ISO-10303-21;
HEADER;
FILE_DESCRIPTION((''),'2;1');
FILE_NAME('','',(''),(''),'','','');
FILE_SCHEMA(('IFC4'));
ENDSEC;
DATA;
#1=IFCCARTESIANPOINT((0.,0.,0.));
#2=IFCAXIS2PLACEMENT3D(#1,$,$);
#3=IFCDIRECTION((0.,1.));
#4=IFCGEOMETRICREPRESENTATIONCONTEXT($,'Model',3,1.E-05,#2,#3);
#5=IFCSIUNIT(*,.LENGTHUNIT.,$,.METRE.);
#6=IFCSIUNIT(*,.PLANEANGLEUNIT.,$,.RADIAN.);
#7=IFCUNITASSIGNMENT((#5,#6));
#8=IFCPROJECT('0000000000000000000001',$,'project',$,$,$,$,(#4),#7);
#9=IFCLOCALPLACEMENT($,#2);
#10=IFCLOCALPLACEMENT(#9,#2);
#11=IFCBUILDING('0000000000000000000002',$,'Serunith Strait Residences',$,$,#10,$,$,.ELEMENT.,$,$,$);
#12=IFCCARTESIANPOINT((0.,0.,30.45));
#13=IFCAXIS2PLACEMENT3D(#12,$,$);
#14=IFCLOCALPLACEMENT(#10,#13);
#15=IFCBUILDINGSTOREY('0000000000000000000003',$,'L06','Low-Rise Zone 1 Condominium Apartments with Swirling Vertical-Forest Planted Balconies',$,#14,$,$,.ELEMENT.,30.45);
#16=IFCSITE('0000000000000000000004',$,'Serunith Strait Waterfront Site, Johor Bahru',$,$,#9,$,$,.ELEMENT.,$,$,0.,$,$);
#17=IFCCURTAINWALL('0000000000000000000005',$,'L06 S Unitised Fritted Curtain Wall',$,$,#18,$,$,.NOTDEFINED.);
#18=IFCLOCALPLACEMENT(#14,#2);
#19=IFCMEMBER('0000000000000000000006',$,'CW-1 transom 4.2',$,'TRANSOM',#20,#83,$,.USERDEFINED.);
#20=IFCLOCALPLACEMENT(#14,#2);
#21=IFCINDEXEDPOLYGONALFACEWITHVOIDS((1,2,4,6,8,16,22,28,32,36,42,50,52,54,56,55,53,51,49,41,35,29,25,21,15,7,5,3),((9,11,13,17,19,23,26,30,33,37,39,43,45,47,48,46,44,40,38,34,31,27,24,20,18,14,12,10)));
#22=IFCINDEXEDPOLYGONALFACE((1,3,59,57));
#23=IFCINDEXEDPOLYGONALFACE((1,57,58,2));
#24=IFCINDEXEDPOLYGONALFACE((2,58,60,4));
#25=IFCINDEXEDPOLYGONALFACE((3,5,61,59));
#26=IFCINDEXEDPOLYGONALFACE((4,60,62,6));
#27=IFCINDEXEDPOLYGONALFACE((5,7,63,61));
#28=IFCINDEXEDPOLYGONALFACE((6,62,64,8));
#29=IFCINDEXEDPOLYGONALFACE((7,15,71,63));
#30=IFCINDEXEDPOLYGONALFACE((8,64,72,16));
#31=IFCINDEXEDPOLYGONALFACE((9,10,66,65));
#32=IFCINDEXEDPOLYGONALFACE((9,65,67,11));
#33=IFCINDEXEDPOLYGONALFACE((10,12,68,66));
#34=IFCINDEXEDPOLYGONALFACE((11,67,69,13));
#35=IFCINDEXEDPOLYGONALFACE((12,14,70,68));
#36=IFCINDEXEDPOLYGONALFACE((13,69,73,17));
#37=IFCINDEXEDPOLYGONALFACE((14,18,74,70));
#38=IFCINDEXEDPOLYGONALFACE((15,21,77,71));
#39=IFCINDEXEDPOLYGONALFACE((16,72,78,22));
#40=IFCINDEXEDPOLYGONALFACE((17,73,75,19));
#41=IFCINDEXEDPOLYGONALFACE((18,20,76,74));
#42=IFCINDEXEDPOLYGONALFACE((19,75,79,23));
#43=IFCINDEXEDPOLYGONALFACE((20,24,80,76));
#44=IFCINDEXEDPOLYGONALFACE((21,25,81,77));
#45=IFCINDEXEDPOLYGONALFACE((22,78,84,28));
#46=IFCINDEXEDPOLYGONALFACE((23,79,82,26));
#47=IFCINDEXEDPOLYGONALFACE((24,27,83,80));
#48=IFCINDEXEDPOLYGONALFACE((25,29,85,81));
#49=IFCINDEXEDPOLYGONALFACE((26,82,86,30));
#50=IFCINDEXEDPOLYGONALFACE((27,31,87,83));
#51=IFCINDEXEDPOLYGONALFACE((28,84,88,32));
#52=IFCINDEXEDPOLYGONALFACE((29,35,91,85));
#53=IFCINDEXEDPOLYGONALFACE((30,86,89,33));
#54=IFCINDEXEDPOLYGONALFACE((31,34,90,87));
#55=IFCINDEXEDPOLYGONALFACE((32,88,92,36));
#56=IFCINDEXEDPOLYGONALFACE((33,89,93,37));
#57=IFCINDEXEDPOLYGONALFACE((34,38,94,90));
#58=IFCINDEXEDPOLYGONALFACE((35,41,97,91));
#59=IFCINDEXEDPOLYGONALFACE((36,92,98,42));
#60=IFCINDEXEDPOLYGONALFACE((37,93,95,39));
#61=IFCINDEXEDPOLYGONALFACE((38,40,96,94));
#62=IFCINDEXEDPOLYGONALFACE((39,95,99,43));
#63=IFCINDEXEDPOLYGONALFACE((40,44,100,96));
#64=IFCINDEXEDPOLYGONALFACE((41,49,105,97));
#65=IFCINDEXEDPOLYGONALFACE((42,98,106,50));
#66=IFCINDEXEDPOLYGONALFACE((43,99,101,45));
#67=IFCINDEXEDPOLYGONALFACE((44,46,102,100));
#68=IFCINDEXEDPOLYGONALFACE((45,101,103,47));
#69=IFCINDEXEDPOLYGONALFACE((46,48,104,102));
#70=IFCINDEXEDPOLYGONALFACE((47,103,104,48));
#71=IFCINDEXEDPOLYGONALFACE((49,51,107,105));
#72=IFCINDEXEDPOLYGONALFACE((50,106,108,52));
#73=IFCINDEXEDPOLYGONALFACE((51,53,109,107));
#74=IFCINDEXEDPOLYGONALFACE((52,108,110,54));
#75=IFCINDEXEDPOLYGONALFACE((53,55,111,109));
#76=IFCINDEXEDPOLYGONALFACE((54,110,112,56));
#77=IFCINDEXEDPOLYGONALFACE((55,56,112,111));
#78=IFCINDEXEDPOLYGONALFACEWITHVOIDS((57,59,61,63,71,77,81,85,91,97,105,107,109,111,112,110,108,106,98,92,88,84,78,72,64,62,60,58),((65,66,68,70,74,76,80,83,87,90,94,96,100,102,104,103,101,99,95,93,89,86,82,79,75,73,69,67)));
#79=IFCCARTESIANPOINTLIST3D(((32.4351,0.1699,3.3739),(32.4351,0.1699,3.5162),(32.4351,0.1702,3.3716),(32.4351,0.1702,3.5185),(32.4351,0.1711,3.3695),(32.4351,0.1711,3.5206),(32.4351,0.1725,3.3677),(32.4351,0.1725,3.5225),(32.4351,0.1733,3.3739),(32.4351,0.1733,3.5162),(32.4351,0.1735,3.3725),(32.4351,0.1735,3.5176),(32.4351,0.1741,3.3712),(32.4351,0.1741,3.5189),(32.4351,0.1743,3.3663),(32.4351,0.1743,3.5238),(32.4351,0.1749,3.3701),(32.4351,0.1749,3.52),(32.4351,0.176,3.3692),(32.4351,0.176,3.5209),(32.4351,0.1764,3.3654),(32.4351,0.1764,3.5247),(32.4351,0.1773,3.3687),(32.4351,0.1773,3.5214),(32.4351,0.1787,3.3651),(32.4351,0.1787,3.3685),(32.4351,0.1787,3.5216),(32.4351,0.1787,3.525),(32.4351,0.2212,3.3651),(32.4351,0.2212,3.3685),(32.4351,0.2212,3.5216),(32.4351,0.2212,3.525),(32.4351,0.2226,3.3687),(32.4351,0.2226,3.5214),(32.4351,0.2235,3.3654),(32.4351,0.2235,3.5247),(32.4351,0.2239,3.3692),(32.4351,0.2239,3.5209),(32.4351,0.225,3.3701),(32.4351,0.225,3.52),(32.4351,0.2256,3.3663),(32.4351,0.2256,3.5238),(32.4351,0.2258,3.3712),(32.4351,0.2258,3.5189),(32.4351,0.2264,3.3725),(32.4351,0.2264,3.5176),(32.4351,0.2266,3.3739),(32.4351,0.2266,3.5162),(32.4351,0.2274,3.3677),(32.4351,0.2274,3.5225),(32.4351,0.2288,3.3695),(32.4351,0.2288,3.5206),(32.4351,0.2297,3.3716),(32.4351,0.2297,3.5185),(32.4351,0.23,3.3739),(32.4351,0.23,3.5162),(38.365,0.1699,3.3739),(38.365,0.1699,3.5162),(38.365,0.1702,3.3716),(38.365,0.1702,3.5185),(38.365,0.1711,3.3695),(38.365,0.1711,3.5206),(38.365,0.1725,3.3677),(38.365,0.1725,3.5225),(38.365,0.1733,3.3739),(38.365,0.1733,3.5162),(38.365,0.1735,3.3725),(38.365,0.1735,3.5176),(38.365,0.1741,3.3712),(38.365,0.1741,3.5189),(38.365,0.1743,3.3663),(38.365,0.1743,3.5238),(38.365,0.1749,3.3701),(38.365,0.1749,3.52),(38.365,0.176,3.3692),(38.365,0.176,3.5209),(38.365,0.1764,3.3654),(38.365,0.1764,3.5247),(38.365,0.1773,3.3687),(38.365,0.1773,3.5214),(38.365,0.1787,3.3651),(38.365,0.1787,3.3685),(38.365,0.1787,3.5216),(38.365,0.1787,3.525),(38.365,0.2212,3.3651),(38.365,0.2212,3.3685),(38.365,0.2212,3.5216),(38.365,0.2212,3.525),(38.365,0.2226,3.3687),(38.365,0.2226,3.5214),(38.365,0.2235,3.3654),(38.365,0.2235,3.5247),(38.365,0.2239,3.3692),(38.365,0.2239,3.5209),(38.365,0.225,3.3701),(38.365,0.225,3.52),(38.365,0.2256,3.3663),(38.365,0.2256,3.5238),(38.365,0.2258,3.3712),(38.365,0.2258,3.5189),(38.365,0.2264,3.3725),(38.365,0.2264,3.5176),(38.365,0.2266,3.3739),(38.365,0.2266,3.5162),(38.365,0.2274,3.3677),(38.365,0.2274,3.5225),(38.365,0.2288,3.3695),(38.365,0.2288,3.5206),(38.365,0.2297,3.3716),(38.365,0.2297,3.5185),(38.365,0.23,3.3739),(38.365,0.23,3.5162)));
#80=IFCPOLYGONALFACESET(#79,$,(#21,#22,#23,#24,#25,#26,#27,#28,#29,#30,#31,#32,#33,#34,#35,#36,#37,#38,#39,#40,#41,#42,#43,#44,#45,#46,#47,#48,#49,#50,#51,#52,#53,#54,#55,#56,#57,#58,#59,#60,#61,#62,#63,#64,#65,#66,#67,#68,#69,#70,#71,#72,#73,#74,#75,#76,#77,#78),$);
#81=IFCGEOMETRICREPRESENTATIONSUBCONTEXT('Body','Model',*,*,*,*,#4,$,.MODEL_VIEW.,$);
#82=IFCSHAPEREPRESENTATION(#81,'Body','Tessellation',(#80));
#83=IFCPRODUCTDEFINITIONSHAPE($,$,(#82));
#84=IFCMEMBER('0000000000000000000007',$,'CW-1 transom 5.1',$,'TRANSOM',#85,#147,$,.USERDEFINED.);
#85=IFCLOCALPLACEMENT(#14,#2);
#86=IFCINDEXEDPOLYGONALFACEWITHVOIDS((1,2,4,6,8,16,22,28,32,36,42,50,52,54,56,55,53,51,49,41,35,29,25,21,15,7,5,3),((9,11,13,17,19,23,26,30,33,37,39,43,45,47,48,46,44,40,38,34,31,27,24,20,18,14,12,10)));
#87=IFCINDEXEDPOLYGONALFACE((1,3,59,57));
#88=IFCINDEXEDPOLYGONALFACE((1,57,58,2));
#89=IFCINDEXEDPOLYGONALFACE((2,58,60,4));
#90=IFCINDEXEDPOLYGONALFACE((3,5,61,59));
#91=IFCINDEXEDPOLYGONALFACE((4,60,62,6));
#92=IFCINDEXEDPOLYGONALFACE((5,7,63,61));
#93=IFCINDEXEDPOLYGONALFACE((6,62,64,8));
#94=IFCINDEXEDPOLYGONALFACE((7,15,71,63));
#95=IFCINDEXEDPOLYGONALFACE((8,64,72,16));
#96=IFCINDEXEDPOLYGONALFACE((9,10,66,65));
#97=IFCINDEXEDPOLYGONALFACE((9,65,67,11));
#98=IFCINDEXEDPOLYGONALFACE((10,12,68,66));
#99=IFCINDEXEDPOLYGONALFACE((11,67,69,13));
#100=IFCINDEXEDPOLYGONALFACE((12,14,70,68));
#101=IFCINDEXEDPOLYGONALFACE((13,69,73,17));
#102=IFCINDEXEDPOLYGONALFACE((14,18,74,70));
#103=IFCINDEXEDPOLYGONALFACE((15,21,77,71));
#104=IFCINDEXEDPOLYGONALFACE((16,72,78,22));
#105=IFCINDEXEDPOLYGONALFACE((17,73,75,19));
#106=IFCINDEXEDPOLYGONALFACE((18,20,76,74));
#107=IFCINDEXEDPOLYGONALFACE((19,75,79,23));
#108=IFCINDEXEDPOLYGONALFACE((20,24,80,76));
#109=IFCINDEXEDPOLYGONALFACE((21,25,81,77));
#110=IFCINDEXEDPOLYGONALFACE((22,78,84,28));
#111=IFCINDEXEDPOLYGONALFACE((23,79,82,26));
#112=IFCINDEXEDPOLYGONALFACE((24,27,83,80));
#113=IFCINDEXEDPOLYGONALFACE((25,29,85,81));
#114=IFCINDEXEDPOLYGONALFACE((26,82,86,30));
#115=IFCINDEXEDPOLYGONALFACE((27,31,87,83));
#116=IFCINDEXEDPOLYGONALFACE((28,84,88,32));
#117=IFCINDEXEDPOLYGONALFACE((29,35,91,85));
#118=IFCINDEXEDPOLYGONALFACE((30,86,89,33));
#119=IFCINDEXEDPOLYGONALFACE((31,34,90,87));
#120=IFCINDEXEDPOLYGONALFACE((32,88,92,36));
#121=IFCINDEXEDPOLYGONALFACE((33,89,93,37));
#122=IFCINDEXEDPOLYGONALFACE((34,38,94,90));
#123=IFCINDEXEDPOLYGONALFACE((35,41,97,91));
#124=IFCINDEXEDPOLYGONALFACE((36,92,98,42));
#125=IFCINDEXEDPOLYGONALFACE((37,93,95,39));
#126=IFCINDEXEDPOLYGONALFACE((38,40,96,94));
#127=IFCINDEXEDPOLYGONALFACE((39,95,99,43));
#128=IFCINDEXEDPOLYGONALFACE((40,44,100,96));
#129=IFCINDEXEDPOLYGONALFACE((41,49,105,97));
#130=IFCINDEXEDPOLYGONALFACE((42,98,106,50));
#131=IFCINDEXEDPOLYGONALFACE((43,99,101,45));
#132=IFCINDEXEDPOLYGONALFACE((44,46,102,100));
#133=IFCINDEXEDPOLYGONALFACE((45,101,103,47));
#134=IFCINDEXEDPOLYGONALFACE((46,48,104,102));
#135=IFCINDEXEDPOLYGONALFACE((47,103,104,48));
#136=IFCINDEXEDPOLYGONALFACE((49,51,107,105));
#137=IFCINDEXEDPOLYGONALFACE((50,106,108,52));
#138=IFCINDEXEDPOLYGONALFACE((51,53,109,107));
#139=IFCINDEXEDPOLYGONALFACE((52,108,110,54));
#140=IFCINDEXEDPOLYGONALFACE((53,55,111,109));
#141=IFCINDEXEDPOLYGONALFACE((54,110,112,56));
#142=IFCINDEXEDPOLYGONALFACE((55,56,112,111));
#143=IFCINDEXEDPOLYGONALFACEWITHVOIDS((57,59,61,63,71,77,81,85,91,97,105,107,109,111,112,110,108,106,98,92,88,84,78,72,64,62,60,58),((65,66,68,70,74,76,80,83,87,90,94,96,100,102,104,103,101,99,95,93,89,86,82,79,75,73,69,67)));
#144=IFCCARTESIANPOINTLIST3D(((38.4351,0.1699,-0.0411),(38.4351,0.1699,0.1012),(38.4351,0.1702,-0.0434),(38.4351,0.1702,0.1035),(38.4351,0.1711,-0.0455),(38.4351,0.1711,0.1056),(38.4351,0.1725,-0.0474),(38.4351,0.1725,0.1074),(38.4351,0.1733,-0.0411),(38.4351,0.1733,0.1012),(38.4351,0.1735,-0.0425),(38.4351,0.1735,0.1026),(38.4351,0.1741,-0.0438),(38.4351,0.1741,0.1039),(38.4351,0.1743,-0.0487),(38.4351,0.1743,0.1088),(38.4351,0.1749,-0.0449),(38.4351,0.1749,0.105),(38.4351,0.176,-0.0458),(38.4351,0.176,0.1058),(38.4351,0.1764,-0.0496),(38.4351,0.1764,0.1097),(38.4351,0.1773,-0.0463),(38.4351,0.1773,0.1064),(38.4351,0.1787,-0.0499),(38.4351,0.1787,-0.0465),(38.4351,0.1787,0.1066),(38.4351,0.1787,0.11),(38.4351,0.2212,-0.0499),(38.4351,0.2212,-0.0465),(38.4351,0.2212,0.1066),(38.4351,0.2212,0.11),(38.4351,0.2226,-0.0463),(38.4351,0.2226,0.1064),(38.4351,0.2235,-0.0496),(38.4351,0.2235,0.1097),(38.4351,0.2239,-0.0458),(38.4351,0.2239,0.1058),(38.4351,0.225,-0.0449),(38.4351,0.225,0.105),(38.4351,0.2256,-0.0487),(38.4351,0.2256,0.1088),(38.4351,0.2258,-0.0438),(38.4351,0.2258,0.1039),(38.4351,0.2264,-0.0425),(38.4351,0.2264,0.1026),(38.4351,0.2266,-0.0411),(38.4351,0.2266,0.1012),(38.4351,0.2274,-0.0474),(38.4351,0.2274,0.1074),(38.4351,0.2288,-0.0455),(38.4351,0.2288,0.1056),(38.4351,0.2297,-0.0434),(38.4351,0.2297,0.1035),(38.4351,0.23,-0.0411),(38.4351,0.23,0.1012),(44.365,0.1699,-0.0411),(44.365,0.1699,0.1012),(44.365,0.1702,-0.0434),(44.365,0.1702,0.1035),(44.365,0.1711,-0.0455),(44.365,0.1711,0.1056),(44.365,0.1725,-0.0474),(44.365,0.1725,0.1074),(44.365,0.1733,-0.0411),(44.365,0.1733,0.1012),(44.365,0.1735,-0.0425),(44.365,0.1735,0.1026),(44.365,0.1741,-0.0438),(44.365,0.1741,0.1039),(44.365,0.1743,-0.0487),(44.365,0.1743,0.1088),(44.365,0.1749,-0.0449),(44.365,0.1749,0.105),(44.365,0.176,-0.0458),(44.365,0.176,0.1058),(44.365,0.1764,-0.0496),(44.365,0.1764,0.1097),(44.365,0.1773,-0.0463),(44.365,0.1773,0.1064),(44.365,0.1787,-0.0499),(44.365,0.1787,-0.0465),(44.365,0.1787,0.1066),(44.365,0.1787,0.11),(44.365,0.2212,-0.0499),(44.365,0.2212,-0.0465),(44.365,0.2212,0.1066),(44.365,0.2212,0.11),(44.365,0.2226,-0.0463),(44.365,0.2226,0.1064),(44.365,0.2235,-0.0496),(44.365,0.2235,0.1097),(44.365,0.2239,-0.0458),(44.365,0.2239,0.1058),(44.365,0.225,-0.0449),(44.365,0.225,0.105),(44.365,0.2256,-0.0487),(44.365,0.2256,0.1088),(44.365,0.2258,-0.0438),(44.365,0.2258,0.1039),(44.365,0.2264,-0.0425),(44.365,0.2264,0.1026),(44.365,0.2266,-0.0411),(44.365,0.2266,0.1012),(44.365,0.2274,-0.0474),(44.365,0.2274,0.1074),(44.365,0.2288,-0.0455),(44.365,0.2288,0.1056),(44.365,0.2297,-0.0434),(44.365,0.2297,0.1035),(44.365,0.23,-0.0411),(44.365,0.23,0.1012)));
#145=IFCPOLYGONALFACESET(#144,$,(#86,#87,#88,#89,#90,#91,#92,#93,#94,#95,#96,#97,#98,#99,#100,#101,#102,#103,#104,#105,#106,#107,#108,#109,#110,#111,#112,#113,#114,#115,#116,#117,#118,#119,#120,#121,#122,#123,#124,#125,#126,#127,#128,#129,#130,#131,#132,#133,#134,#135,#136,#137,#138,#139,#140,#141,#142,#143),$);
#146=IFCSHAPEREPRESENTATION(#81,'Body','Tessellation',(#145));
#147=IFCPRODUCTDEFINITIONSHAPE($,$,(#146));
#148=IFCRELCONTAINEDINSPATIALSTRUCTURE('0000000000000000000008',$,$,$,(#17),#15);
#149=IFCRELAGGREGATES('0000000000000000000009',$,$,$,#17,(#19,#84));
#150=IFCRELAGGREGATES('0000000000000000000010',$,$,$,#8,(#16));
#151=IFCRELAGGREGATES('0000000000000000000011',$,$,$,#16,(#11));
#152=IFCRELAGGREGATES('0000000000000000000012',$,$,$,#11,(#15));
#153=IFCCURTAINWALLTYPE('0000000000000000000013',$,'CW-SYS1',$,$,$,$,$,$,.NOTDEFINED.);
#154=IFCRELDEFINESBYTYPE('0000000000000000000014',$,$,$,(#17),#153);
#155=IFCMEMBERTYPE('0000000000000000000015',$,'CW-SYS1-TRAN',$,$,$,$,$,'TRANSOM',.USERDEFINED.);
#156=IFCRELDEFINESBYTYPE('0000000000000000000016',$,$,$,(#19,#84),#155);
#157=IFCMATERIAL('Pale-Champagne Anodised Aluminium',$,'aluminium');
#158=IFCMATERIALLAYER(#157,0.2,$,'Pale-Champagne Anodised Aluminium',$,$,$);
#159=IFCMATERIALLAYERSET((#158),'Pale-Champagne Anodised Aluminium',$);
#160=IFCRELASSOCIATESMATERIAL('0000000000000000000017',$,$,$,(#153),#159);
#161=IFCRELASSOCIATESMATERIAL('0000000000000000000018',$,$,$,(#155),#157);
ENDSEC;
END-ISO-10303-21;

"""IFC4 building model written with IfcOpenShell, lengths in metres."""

from ifc_helpers import new_model, si_unit, direction, frame, origin, origin_2d, place, context, subcontext, project, spatial, hollow_rectangle, extrude, source, transform, mapped, material, layer, layer_set, material_profile, profile_set, type_object, element, aggregate, save


model = new_model("IFC4")

# Units and contexts
model_context = context("Model", 3, precision=1e-05, world=origin(), true_north=direction((0.0, 1.0)))
body_context = subcontext(model_context, "Body", "Model", "MODEL_VIEW")
ifc_project = project(units=[si_unit("LENGTHUNIT", "METRE"), si_unit("PLANEANGLEUNIT", "RADIAN")], contexts=[model_context])

# Site, building, storey
site_placement = place(None, origin())
site = spatial("IfcSite", under=ifc_project, at=site_placement, Name="Serunith Strait Waterfront Site, Johor Bahru", CompositionType="ELEMENT", RefElevation=0.0)
building_placement = place(site_placement, origin())
building = spatial("IfcBuilding", under=site, at=building_placement, Name="Serunith Strait Residences", CompositionType="ELEMENT")
storey_placement = place(building_placement, frame((0.0, 0.0, 30.45)))
storey = spatial("IfcBuildingStorey", under=building, at=storey_placement, Name="L06", Description="Low-Rise Zone 1 Condominium Apartments with Swirling Vertical-Forest Planted Balconies", CompositionType="ELEMENT", Elevation=30.45)

# Curtain wall, members
ifc_material_1 = material(Name="Pale-Champagne Anodised Aluminium", Category="aluminium")
ifc_layer_1 = layer(ifc_material_1, 0.2, Name="Pale-Champagne Anodised Aluminium")
ifc_layer_set_1 = layer_set([ifc_layer_1], Name="Pale-Champagne Anodised Aluminium")
curtain_wall_type = type_object("IfcCurtainWallType", Name="CW-SYS1", PredefinedType="NOTDEFINED", material=ifc_layer_set_1)
curtain_wall_placement = place(storey_placement, origin())
curtain_wall = element("IfcCurtainWall", 1, at=curtain_wall_placement, inside=storey, type_object=curtain_wall_type, Name="L06 S Unitised Fritted Curtain Wall", PredefinedType="NOTDEFINED")
ifc_material_profile_1 = material_profile(ifc_material_1, hollow_rectangle(XDim=0.0601, YDim=0.1599, WallThickness=0.0034, InnerFilletRadius=0.0054, OuterFilletRadius=0.0088, at=origin_2d()), Name="ALU 160x60x3.5")
ifc_profile_set_1 = profile_set([ifc_material_profile_1], Name="Pale-Champagne Anodised Aluminium")
member_type_1 = type_object("IfcMemberType", Name="CW-SYS1-TRAN", ElementType="TRANSOM", PredefinedType="USERDEFINED", material=ifc_profile_set_1)
shared_shape_1 = source(origin(), body_context, "Body", "SweptSolid", [
    extrude(hollow_rectangle(XDim=0.0601, YDim=0.1599, WallThickness=0.0034, InnerFilletRadius=0.0054, OuterFilletRadius=0.0088, at=origin_2d()), origin(), (0.0, 0.0, 1.0), 5.9299),
])
member_1_placement = place(storey_placement, frame((32.4351, 0.2, 3.4451), z_axis=(1.0, 0.0, 0.0), x_axis=(0.0, 1.0, 0.0)))
member_1 = element("IfcMember", 2, at=member_1_placement, type_object=member_type_1, Name="CW-1 transom 4.2", ObjectType="TRANSOM", PredefinedType="USERDEFINED", context=body_context, shape_type="MappedRepresentation", body=[
    mapped(shared_shape_1, transform((0.0, 0.0, 0.0), scale=1.0)),
])
member_2_placement = place(storey_placement, frame((38.4351, 0.2, 0.03), z_axis=(1.0, 0.0, 0.0), x_axis=(0.0, 1.0, 0.0)))
member_2 = element("IfcMember", 3, at=member_2_placement, type_object=member_type_1, Name="CW-1 transom 5.1", ObjectType="TRANSOM", PredefinedType="USERDEFINED", context=body_context, shape_type="MappedRepresentation", body=[
    mapped(shared_shape_1, transform((0.0, 0.0, 0.0), scale=1.0)),
])
aggregate(curtain_wall, [member_1, member_2])

save(model, "model.ifc")
